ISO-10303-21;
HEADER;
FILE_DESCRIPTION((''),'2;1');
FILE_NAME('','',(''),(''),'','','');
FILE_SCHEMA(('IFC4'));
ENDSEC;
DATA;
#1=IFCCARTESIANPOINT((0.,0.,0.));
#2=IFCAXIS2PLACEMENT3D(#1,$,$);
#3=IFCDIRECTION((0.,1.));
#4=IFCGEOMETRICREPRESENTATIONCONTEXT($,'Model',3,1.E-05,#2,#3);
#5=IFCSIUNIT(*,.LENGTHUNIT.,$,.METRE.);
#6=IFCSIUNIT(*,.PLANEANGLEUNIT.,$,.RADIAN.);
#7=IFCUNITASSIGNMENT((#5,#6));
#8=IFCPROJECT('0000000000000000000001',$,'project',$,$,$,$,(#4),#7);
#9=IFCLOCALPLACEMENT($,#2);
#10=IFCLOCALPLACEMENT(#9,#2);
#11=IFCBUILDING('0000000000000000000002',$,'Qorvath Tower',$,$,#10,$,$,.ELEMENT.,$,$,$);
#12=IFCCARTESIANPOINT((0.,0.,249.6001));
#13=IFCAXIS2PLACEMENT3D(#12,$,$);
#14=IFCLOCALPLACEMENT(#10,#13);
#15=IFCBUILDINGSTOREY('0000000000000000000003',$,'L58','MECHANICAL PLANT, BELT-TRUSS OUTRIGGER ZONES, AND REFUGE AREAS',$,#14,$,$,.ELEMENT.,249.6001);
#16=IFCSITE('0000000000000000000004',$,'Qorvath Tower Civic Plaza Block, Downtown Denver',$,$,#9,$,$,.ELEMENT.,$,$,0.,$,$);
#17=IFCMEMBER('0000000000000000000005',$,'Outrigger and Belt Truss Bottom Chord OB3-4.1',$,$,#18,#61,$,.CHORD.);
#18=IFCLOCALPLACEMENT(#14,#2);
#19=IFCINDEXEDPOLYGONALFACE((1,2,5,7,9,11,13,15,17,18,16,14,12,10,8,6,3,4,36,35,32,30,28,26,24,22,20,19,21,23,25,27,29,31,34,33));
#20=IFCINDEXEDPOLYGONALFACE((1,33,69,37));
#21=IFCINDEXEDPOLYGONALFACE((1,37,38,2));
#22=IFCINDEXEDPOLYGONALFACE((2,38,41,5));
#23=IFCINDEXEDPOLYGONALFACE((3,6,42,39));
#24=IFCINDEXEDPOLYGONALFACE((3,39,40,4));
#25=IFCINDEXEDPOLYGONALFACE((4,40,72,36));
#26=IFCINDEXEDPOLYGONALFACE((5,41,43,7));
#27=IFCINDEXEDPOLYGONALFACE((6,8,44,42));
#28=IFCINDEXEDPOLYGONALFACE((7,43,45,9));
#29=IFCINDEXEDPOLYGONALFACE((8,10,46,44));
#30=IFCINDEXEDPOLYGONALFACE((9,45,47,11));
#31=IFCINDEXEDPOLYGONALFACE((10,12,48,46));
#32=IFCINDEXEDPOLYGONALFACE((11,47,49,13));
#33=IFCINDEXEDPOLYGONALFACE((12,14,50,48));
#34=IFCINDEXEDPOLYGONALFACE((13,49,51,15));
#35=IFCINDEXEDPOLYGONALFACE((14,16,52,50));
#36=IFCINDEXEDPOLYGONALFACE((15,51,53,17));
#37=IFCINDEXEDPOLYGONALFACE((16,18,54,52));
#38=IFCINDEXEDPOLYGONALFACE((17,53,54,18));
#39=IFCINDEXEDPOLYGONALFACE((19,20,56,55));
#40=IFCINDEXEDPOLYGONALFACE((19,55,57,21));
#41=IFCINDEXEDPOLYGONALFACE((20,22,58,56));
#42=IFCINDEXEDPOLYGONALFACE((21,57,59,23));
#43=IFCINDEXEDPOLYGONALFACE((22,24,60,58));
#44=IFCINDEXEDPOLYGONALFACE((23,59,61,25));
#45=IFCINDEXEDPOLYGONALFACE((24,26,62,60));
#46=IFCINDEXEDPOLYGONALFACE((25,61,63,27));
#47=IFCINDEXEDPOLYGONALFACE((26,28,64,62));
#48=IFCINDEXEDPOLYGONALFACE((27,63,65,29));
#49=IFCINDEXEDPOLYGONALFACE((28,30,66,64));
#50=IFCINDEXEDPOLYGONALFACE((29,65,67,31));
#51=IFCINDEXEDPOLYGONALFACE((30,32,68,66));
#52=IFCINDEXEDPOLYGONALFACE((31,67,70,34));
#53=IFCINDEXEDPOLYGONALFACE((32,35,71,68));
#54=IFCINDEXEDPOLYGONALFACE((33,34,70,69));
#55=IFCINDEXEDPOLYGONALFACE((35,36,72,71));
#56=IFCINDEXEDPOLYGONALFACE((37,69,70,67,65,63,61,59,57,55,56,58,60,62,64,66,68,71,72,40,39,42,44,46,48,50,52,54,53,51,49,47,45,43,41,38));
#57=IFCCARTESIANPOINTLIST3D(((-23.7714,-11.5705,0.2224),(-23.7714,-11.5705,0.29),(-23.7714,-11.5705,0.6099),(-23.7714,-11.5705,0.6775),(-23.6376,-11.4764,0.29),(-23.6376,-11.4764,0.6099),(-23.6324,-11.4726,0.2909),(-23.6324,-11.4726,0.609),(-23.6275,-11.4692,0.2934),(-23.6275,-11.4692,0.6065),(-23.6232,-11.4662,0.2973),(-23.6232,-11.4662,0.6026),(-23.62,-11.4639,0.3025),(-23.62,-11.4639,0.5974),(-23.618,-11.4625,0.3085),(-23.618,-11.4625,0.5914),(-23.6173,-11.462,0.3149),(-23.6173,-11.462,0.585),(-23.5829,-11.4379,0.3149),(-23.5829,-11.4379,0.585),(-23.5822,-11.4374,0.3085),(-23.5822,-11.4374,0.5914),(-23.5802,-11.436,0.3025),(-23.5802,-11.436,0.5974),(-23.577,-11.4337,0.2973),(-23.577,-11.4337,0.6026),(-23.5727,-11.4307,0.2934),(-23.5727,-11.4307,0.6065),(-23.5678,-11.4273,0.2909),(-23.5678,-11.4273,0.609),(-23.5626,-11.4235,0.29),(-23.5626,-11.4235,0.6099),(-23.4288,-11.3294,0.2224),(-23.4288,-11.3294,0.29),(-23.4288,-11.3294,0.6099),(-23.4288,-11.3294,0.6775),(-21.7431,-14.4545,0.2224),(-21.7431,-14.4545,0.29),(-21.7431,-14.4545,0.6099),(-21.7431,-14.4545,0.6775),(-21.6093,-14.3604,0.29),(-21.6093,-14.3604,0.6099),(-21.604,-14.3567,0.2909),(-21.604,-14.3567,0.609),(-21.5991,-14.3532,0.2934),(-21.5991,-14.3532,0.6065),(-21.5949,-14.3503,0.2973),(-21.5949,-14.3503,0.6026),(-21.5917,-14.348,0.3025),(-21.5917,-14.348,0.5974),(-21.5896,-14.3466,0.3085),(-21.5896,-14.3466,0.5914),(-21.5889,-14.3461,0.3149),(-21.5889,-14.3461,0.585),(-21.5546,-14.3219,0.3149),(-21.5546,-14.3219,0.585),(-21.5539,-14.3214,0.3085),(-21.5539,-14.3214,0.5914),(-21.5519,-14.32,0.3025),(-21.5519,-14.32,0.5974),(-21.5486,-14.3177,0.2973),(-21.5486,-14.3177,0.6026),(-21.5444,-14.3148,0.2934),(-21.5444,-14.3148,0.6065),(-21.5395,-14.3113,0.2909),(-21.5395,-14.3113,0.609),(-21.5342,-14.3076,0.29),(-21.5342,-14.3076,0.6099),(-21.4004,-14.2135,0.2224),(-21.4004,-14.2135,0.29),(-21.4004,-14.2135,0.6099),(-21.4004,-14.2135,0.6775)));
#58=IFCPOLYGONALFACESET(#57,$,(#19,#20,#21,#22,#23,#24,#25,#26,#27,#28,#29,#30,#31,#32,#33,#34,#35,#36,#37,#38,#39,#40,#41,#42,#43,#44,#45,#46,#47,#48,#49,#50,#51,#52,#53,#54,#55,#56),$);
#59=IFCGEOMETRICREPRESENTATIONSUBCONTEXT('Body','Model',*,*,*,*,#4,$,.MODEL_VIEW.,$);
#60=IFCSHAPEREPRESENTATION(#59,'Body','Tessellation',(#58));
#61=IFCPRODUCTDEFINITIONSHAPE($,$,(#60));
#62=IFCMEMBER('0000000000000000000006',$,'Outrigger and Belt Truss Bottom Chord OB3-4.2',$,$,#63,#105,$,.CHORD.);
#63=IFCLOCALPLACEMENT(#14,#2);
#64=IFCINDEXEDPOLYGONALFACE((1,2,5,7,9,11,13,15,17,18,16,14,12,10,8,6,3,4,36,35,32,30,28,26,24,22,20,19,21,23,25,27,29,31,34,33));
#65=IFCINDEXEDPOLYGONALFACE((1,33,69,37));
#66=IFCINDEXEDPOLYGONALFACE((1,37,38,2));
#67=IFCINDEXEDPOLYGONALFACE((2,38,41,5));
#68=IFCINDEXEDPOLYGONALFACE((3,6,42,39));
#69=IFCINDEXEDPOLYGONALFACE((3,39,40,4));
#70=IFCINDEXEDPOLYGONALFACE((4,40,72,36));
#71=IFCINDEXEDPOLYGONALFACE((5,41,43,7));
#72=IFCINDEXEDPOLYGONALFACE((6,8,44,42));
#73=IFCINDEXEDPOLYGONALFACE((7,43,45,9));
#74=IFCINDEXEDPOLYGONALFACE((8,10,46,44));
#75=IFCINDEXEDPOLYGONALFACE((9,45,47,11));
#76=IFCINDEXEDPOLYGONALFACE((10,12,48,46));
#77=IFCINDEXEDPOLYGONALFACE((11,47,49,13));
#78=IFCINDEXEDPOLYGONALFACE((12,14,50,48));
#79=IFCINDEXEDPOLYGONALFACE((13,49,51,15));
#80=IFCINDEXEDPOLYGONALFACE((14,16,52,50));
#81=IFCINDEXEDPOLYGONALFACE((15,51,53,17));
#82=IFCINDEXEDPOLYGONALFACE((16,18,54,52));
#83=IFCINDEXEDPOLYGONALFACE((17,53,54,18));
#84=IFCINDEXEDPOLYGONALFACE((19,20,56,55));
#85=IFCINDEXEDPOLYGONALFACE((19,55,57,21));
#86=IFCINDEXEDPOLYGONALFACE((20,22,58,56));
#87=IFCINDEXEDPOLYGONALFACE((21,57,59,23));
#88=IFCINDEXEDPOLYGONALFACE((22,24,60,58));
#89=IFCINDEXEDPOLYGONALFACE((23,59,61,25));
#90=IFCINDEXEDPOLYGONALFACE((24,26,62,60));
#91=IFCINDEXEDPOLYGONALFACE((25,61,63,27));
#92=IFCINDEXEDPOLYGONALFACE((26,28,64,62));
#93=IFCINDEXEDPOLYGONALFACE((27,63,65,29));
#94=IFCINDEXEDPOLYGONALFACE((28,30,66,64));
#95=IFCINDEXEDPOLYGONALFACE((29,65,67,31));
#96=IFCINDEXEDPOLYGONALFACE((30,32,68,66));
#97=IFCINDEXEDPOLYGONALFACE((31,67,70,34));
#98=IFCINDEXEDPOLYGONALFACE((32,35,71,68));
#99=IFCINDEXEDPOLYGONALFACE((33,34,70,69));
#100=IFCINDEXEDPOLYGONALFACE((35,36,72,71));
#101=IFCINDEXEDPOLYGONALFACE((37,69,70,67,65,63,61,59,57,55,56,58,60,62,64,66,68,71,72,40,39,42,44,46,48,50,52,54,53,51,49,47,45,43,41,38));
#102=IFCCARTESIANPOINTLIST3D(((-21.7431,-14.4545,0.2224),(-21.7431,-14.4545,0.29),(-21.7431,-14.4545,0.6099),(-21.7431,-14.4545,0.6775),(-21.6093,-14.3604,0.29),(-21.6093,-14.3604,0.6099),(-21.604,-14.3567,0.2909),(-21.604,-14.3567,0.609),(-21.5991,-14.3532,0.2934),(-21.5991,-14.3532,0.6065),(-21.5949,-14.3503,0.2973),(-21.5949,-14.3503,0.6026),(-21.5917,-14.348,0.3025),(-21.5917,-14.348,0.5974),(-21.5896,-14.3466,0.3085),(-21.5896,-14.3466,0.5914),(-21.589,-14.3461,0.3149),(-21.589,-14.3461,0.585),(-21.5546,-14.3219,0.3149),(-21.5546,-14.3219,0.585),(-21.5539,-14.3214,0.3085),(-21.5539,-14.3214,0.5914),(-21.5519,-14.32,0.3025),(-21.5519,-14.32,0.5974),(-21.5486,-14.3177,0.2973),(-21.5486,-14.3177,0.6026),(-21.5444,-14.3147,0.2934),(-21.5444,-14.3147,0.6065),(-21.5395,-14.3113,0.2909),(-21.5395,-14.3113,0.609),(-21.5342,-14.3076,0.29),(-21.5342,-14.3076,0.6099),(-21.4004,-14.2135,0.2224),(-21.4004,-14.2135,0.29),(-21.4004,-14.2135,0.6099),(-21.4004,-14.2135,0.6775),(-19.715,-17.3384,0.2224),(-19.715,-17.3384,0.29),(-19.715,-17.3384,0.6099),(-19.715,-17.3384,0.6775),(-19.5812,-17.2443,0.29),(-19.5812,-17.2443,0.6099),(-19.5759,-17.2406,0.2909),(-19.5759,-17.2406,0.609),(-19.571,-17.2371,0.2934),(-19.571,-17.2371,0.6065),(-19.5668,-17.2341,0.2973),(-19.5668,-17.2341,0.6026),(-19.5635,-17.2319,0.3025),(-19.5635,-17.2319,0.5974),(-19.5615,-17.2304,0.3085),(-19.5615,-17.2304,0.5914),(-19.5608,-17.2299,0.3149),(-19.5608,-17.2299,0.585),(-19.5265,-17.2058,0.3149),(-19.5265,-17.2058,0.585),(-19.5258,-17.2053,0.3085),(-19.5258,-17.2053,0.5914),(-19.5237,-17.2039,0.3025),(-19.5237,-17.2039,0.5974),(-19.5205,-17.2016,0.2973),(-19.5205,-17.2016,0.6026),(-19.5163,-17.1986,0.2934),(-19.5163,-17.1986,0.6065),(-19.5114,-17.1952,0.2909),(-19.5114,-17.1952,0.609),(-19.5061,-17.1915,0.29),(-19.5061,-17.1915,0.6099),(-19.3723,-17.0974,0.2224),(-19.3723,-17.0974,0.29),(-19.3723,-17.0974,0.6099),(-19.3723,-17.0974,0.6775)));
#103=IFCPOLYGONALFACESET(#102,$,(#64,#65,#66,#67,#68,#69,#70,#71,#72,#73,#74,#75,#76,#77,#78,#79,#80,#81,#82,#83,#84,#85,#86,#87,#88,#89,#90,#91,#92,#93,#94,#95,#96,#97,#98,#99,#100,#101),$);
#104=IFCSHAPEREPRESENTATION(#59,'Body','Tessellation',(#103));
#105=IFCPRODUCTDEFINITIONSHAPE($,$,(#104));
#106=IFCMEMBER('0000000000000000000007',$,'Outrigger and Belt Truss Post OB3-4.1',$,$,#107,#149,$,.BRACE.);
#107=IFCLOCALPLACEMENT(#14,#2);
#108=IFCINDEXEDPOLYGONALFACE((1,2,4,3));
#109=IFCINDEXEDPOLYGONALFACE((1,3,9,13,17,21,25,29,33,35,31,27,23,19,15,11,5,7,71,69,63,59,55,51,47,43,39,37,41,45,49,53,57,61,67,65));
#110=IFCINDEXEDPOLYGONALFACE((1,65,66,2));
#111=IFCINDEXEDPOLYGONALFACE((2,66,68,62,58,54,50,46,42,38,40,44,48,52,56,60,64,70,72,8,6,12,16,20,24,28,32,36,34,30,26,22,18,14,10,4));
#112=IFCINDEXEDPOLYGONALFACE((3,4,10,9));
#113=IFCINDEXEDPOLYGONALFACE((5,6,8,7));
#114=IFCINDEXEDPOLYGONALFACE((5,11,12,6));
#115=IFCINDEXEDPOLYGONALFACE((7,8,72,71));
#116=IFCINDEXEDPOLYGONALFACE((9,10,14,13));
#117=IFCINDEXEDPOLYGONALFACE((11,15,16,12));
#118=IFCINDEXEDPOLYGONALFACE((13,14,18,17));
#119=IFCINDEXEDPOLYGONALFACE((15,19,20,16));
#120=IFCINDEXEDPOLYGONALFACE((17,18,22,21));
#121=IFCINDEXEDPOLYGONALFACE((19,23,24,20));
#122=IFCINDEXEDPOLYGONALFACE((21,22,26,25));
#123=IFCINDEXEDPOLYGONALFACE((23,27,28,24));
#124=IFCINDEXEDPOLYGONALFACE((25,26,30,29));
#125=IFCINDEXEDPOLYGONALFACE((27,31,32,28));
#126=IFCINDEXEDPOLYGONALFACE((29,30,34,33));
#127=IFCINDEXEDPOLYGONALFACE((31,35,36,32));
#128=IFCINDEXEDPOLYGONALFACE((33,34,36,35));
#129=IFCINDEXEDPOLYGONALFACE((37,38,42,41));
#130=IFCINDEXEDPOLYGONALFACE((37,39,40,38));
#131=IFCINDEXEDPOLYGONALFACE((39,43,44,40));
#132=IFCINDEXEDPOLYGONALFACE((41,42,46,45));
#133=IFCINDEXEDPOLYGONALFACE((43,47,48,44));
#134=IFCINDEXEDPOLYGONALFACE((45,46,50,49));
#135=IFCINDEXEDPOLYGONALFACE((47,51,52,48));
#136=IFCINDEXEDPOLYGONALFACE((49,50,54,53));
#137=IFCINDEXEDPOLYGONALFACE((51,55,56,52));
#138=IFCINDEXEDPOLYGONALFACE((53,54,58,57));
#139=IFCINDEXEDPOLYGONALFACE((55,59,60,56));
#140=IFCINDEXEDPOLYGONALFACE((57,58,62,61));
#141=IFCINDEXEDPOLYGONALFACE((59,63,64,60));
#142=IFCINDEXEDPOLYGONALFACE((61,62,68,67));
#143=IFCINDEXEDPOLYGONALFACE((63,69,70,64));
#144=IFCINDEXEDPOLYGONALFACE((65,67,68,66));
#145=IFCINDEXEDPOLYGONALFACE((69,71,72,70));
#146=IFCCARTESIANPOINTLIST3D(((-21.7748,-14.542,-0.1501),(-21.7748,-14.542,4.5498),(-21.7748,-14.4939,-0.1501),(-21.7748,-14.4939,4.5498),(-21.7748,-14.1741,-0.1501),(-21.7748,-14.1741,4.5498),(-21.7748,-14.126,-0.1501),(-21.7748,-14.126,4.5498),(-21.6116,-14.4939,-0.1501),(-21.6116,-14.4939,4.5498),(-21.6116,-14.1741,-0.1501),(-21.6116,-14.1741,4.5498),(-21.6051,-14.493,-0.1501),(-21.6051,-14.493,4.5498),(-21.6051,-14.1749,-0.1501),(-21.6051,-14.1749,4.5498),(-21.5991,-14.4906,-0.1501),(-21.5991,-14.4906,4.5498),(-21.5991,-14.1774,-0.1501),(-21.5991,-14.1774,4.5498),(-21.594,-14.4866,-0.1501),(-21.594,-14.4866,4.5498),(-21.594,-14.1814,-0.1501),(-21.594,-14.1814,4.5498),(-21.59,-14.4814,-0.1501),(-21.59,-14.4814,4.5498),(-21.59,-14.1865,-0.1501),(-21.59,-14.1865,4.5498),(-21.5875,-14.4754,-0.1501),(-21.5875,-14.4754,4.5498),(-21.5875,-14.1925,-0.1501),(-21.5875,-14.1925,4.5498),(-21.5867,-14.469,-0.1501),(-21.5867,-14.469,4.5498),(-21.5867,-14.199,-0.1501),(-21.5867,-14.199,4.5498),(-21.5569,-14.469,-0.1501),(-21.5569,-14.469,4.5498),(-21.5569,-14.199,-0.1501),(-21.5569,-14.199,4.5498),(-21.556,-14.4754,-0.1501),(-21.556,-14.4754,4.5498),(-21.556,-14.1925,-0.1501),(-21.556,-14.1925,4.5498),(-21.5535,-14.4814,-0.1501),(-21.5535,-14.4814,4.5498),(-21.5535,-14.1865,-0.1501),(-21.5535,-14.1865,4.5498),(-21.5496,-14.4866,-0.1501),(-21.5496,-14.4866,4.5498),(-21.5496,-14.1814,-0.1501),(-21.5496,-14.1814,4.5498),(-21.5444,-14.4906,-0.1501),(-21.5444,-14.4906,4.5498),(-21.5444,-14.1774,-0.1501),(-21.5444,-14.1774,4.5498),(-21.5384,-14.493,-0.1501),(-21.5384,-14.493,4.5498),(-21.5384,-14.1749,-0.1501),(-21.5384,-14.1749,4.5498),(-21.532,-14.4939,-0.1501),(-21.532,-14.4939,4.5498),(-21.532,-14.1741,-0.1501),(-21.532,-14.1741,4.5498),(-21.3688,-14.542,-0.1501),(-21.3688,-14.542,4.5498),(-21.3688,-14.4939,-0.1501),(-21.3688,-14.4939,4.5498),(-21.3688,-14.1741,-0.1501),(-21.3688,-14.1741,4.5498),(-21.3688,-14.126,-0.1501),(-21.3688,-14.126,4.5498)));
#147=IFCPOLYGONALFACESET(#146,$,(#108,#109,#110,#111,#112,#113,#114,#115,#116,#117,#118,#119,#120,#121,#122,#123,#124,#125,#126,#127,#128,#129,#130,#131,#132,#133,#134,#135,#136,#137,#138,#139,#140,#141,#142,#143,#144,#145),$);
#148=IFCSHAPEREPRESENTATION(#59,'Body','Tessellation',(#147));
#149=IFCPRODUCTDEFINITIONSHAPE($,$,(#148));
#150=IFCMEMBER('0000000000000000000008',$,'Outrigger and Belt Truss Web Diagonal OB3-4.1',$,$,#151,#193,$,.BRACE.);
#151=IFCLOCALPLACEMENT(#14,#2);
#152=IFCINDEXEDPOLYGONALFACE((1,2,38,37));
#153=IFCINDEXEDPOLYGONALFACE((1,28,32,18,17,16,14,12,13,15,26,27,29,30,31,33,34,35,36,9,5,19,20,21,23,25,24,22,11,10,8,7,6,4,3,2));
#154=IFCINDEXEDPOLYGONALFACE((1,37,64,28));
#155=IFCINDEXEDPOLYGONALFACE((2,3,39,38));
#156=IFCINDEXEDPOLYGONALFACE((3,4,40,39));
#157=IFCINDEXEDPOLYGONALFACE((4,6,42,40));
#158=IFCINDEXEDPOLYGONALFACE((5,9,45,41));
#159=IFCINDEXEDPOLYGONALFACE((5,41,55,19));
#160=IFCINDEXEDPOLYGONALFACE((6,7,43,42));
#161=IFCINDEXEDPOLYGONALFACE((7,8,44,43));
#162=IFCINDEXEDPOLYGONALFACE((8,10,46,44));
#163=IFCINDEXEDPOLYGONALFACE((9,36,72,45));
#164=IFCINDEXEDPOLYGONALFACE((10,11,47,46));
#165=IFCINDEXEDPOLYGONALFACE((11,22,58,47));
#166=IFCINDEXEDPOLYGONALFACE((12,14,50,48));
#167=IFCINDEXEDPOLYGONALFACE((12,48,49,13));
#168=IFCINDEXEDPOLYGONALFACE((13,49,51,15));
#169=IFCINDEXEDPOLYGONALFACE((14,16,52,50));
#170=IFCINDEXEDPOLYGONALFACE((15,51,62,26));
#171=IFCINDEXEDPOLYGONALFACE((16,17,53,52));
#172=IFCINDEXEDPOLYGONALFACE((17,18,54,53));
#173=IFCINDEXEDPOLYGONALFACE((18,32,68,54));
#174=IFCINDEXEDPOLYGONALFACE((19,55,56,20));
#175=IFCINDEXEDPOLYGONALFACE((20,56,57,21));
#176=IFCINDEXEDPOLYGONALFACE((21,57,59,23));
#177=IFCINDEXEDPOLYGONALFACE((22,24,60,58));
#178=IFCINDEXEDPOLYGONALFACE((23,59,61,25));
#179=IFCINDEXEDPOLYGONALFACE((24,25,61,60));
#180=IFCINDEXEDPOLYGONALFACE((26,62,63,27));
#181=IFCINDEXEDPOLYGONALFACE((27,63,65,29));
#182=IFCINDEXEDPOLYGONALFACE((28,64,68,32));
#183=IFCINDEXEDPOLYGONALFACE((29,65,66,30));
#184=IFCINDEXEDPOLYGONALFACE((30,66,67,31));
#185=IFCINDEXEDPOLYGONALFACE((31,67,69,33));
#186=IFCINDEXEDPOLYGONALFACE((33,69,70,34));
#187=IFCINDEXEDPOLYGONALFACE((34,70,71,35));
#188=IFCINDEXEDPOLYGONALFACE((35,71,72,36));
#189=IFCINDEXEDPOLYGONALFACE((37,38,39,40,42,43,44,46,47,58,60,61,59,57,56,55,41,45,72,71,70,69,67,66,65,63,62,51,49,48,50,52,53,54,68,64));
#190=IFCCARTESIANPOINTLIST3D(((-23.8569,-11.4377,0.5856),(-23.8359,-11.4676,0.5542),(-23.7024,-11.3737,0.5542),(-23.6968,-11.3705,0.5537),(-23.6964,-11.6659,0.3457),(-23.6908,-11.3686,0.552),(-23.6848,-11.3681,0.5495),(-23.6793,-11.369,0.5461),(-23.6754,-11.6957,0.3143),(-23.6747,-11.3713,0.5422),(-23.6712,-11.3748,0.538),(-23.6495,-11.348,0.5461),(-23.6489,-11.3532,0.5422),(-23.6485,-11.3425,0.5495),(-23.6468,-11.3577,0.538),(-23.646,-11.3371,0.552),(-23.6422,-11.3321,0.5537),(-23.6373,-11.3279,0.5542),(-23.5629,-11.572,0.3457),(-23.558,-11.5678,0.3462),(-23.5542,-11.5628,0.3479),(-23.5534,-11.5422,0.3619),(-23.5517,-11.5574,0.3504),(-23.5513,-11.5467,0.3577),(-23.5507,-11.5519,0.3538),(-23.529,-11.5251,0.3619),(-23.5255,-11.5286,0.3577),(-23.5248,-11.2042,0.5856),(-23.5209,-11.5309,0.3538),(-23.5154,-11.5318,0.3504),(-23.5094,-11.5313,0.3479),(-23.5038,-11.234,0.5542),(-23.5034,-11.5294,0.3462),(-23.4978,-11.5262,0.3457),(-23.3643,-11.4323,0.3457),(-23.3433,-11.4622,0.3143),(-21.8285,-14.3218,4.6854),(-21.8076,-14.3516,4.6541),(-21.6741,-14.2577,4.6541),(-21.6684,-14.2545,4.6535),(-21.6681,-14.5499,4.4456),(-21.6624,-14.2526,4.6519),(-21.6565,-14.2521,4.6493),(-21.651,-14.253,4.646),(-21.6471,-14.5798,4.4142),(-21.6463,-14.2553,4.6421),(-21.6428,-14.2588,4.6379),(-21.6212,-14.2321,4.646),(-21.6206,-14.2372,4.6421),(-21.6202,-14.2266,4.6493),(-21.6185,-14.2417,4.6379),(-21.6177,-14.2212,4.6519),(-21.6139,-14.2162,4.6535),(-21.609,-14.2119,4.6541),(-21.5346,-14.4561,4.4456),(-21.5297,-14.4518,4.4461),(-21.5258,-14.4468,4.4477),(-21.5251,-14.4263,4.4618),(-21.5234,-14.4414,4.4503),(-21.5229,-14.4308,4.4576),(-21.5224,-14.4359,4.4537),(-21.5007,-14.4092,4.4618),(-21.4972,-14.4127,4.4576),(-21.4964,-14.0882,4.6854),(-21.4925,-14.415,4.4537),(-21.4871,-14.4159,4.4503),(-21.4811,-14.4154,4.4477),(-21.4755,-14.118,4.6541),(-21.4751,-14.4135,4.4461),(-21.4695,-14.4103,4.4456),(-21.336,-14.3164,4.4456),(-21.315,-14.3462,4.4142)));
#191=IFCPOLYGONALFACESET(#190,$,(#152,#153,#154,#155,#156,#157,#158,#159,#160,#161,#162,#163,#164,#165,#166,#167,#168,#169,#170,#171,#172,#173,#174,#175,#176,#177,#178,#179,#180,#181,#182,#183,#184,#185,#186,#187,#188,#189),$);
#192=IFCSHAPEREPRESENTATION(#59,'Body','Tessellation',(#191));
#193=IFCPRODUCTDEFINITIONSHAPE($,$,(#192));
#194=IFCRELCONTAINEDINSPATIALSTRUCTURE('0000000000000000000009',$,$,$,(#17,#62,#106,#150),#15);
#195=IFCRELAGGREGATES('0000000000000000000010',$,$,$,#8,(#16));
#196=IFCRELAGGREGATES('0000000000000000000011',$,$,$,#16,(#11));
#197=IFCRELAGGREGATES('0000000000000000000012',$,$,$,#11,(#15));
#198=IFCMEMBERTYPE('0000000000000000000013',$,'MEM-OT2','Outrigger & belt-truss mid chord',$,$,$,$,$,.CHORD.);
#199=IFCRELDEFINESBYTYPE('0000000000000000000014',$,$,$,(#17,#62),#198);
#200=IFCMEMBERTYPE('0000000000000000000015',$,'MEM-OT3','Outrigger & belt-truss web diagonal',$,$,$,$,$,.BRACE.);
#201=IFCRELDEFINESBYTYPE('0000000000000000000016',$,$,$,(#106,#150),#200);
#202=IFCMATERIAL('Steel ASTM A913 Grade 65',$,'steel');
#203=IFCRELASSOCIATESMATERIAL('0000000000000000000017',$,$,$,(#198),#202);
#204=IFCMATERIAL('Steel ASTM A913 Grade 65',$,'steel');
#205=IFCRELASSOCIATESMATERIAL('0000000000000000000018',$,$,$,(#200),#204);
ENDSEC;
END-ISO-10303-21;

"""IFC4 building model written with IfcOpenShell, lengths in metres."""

from ifc_helpers import new_model, si_unit, direction, frame, origin, origin_2d, place, context, subcontext, project, spatial, i_section, extrude, material, material_profile, profile_set, type_object, element, save


model = new_model("IFC4")

# Units and contexts
model_context = context("Model", 3, precision=1e-05, world=origin(), true_north=direction((0.0, 1.0)))
body_context = subcontext(model_context, "Body", "Model", "MODEL_VIEW")
ifc_project = project(units=[si_unit("LENGTHUNIT", "METRE"), si_unit("PLANEANGLEUNIT", "RADIAN")], contexts=[model_context])

# Site, building, storey
site_placement = place(None, origin())
site = spatial("IfcSite", under=ifc_project, at=site_placement, Name="Qorvath Tower Civic Plaza Block, Downtown Denver", CompositionType="ELEMENT", RefElevation=0.0)
building_placement = place(site_placement, origin())
building = spatial("IfcBuilding", under=site, at=building_placement, Name="Qorvath Tower", CompositionType="ELEMENT")
storey_placement = place(building_placement, frame((0.0, 0.0, 249.6001)))
storey = spatial("IfcBuildingStorey", under=building, at=storey_placement, Name="L58", Description="MECHANICAL PLANT, BELT-TRUSS OUTRIGGER ZONES, AND REFUGE AREAS", CompositionType="ELEMENT", Elevation=249.6001)

# Members
ifc_material_1 = material(Name="Steel ASTM A913 Grade 65", Category="steel")
ifc_material_profile_1 = material_profile(ifc_material_1, i_section(OverallWidth=0.4189, OverallDepth=0.4551, WebThickness=0.042, FlangeThickness=0.0676, FilletRadius=0.0249, at=origin_2d()), Name="W14x370")
ifc_profile_set_1 = profile_set([ifc_material_profile_1], Name="Steel ASTM A913 Grade 65")
member_type_1 = type_object("IfcMemberType", Name="MEM-OT2", Description="Outrigger & belt-truss mid chord", PredefinedType="CHORD", material=ifc_profile_set_1)
member_1_placement = place(storey_placement, frame((-23.6001, -11.45, 0.45), z_axis=(0.575269, -0.817965, 0.0), x_axis=(0.817965, 0.575269, 0.0)))
element("IfcMember", 1, at=member_1_placement, inside=storey, type_object=member_type_1, Name="Outrigger and Belt Truss Bottom Chord OB3-4.1", PredefinedType="CHORD", context=body_context, shape_type="SweptSolid", body=[
    extrude(i_section(OverallWidth=0.4189, OverallDepth=0.4551, WebThickness=0.042, FlangeThickness=0.0676, FilletRadius=0.0249, at=origin_2d()), origin(), (0.0, 0.0, 1.0), 3.5259),
])
member_2_placement = place(storey_placement, frame((-21.5718, -14.334, 0.45), z_axis=(0.575255, -0.817974, 0.0), x_axis=(0.817974, 0.575255, 0.0)))
element("IfcMember", 2, at=member_2_placement, inside=storey, type_object=member_type_1, Name="Outrigger and Belt Truss Bottom Chord OB3-4.2", PredefinedType="CHORD", context=body_context, shape_type="SweptSolid", body=[
    extrude(i_section(OverallWidth=0.4189, OverallDepth=0.4551, WebThickness=0.042, FlangeThickness=0.0676, FilletRadius=0.0249, at=origin_2d()), origin(), (0.0, 0.0, 1.0), 3.5256),
])
ifc_material_2 = material(Name="Steel ASTM A913 Grade 65", Category="steel")
ifc_material_profile_2 = material_profile(ifc_material_2, i_section(OverallWidth=0.406, OverallDepth=0.416, WebThickness=0.0298, FlangeThickness=0.0481, FilletRadius=0.0249, at=origin_2d()), Name="W14x257")
ifc_profile_set_2 = profile_set([ifc_material_profile_2], Name="Steel ASTM A913 Grade 65")
member_type_2 = type_object("IfcMemberType", Name="MEM-OT3", Description="Outrigger & belt-truss web diagonal", PredefinedType="BRACE", material=ifc_profile_set_2)
member_3_placement = place(storey_placement, frame((-21.5718, -14.334, -0.1501), z_axis=(0.0, 0.0, 1.0), x_axis=(1.0, 0.0, 0.0)))
element("IfcMember", 3, at=member_3_placement, inside=storey, type_object=member_type_2, Name="Outrigger and Belt Truss Post OB3-4.1", PredefinedType="BRACE", context=body_context, shape_type="SweptSolid", body=[
    extrude(i_section(OverallWidth=0.406, OverallDepth=0.416, WebThickness=0.0298, FlangeThickness=0.0481, FilletRadius=0.0249, at=origin_2d()), origin(), (0.0, 0.0, 1.0), 4.7),
])
member_4_placement = place(storey_placement, frame((-23.6001, -11.45, 0.45), z_axis=(0.375097, -0.533344, 0.758186), x_axis=(0.817965, 0.575269, 0.0)))
element("IfcMember", 4, at=member_4_placement, inside=storey, type_object=member_type_2, Name="Outrigger and Belt Truss Web Diagonal OB3-4.1", PredefinedType="BRACE", context=body_context, shape_type="SweptSolid", body=[
    extrude(i_section(OverallWidth=0.406, OverallDepth=0.416, WebThickness=0.0298, FlangeThickness=0.0481, FilletRadius=0.0249, at=origin_2d()), origin(), (0.0, 0.0, 1.0), 5.4075),
])

save(model, "model.ifc")
